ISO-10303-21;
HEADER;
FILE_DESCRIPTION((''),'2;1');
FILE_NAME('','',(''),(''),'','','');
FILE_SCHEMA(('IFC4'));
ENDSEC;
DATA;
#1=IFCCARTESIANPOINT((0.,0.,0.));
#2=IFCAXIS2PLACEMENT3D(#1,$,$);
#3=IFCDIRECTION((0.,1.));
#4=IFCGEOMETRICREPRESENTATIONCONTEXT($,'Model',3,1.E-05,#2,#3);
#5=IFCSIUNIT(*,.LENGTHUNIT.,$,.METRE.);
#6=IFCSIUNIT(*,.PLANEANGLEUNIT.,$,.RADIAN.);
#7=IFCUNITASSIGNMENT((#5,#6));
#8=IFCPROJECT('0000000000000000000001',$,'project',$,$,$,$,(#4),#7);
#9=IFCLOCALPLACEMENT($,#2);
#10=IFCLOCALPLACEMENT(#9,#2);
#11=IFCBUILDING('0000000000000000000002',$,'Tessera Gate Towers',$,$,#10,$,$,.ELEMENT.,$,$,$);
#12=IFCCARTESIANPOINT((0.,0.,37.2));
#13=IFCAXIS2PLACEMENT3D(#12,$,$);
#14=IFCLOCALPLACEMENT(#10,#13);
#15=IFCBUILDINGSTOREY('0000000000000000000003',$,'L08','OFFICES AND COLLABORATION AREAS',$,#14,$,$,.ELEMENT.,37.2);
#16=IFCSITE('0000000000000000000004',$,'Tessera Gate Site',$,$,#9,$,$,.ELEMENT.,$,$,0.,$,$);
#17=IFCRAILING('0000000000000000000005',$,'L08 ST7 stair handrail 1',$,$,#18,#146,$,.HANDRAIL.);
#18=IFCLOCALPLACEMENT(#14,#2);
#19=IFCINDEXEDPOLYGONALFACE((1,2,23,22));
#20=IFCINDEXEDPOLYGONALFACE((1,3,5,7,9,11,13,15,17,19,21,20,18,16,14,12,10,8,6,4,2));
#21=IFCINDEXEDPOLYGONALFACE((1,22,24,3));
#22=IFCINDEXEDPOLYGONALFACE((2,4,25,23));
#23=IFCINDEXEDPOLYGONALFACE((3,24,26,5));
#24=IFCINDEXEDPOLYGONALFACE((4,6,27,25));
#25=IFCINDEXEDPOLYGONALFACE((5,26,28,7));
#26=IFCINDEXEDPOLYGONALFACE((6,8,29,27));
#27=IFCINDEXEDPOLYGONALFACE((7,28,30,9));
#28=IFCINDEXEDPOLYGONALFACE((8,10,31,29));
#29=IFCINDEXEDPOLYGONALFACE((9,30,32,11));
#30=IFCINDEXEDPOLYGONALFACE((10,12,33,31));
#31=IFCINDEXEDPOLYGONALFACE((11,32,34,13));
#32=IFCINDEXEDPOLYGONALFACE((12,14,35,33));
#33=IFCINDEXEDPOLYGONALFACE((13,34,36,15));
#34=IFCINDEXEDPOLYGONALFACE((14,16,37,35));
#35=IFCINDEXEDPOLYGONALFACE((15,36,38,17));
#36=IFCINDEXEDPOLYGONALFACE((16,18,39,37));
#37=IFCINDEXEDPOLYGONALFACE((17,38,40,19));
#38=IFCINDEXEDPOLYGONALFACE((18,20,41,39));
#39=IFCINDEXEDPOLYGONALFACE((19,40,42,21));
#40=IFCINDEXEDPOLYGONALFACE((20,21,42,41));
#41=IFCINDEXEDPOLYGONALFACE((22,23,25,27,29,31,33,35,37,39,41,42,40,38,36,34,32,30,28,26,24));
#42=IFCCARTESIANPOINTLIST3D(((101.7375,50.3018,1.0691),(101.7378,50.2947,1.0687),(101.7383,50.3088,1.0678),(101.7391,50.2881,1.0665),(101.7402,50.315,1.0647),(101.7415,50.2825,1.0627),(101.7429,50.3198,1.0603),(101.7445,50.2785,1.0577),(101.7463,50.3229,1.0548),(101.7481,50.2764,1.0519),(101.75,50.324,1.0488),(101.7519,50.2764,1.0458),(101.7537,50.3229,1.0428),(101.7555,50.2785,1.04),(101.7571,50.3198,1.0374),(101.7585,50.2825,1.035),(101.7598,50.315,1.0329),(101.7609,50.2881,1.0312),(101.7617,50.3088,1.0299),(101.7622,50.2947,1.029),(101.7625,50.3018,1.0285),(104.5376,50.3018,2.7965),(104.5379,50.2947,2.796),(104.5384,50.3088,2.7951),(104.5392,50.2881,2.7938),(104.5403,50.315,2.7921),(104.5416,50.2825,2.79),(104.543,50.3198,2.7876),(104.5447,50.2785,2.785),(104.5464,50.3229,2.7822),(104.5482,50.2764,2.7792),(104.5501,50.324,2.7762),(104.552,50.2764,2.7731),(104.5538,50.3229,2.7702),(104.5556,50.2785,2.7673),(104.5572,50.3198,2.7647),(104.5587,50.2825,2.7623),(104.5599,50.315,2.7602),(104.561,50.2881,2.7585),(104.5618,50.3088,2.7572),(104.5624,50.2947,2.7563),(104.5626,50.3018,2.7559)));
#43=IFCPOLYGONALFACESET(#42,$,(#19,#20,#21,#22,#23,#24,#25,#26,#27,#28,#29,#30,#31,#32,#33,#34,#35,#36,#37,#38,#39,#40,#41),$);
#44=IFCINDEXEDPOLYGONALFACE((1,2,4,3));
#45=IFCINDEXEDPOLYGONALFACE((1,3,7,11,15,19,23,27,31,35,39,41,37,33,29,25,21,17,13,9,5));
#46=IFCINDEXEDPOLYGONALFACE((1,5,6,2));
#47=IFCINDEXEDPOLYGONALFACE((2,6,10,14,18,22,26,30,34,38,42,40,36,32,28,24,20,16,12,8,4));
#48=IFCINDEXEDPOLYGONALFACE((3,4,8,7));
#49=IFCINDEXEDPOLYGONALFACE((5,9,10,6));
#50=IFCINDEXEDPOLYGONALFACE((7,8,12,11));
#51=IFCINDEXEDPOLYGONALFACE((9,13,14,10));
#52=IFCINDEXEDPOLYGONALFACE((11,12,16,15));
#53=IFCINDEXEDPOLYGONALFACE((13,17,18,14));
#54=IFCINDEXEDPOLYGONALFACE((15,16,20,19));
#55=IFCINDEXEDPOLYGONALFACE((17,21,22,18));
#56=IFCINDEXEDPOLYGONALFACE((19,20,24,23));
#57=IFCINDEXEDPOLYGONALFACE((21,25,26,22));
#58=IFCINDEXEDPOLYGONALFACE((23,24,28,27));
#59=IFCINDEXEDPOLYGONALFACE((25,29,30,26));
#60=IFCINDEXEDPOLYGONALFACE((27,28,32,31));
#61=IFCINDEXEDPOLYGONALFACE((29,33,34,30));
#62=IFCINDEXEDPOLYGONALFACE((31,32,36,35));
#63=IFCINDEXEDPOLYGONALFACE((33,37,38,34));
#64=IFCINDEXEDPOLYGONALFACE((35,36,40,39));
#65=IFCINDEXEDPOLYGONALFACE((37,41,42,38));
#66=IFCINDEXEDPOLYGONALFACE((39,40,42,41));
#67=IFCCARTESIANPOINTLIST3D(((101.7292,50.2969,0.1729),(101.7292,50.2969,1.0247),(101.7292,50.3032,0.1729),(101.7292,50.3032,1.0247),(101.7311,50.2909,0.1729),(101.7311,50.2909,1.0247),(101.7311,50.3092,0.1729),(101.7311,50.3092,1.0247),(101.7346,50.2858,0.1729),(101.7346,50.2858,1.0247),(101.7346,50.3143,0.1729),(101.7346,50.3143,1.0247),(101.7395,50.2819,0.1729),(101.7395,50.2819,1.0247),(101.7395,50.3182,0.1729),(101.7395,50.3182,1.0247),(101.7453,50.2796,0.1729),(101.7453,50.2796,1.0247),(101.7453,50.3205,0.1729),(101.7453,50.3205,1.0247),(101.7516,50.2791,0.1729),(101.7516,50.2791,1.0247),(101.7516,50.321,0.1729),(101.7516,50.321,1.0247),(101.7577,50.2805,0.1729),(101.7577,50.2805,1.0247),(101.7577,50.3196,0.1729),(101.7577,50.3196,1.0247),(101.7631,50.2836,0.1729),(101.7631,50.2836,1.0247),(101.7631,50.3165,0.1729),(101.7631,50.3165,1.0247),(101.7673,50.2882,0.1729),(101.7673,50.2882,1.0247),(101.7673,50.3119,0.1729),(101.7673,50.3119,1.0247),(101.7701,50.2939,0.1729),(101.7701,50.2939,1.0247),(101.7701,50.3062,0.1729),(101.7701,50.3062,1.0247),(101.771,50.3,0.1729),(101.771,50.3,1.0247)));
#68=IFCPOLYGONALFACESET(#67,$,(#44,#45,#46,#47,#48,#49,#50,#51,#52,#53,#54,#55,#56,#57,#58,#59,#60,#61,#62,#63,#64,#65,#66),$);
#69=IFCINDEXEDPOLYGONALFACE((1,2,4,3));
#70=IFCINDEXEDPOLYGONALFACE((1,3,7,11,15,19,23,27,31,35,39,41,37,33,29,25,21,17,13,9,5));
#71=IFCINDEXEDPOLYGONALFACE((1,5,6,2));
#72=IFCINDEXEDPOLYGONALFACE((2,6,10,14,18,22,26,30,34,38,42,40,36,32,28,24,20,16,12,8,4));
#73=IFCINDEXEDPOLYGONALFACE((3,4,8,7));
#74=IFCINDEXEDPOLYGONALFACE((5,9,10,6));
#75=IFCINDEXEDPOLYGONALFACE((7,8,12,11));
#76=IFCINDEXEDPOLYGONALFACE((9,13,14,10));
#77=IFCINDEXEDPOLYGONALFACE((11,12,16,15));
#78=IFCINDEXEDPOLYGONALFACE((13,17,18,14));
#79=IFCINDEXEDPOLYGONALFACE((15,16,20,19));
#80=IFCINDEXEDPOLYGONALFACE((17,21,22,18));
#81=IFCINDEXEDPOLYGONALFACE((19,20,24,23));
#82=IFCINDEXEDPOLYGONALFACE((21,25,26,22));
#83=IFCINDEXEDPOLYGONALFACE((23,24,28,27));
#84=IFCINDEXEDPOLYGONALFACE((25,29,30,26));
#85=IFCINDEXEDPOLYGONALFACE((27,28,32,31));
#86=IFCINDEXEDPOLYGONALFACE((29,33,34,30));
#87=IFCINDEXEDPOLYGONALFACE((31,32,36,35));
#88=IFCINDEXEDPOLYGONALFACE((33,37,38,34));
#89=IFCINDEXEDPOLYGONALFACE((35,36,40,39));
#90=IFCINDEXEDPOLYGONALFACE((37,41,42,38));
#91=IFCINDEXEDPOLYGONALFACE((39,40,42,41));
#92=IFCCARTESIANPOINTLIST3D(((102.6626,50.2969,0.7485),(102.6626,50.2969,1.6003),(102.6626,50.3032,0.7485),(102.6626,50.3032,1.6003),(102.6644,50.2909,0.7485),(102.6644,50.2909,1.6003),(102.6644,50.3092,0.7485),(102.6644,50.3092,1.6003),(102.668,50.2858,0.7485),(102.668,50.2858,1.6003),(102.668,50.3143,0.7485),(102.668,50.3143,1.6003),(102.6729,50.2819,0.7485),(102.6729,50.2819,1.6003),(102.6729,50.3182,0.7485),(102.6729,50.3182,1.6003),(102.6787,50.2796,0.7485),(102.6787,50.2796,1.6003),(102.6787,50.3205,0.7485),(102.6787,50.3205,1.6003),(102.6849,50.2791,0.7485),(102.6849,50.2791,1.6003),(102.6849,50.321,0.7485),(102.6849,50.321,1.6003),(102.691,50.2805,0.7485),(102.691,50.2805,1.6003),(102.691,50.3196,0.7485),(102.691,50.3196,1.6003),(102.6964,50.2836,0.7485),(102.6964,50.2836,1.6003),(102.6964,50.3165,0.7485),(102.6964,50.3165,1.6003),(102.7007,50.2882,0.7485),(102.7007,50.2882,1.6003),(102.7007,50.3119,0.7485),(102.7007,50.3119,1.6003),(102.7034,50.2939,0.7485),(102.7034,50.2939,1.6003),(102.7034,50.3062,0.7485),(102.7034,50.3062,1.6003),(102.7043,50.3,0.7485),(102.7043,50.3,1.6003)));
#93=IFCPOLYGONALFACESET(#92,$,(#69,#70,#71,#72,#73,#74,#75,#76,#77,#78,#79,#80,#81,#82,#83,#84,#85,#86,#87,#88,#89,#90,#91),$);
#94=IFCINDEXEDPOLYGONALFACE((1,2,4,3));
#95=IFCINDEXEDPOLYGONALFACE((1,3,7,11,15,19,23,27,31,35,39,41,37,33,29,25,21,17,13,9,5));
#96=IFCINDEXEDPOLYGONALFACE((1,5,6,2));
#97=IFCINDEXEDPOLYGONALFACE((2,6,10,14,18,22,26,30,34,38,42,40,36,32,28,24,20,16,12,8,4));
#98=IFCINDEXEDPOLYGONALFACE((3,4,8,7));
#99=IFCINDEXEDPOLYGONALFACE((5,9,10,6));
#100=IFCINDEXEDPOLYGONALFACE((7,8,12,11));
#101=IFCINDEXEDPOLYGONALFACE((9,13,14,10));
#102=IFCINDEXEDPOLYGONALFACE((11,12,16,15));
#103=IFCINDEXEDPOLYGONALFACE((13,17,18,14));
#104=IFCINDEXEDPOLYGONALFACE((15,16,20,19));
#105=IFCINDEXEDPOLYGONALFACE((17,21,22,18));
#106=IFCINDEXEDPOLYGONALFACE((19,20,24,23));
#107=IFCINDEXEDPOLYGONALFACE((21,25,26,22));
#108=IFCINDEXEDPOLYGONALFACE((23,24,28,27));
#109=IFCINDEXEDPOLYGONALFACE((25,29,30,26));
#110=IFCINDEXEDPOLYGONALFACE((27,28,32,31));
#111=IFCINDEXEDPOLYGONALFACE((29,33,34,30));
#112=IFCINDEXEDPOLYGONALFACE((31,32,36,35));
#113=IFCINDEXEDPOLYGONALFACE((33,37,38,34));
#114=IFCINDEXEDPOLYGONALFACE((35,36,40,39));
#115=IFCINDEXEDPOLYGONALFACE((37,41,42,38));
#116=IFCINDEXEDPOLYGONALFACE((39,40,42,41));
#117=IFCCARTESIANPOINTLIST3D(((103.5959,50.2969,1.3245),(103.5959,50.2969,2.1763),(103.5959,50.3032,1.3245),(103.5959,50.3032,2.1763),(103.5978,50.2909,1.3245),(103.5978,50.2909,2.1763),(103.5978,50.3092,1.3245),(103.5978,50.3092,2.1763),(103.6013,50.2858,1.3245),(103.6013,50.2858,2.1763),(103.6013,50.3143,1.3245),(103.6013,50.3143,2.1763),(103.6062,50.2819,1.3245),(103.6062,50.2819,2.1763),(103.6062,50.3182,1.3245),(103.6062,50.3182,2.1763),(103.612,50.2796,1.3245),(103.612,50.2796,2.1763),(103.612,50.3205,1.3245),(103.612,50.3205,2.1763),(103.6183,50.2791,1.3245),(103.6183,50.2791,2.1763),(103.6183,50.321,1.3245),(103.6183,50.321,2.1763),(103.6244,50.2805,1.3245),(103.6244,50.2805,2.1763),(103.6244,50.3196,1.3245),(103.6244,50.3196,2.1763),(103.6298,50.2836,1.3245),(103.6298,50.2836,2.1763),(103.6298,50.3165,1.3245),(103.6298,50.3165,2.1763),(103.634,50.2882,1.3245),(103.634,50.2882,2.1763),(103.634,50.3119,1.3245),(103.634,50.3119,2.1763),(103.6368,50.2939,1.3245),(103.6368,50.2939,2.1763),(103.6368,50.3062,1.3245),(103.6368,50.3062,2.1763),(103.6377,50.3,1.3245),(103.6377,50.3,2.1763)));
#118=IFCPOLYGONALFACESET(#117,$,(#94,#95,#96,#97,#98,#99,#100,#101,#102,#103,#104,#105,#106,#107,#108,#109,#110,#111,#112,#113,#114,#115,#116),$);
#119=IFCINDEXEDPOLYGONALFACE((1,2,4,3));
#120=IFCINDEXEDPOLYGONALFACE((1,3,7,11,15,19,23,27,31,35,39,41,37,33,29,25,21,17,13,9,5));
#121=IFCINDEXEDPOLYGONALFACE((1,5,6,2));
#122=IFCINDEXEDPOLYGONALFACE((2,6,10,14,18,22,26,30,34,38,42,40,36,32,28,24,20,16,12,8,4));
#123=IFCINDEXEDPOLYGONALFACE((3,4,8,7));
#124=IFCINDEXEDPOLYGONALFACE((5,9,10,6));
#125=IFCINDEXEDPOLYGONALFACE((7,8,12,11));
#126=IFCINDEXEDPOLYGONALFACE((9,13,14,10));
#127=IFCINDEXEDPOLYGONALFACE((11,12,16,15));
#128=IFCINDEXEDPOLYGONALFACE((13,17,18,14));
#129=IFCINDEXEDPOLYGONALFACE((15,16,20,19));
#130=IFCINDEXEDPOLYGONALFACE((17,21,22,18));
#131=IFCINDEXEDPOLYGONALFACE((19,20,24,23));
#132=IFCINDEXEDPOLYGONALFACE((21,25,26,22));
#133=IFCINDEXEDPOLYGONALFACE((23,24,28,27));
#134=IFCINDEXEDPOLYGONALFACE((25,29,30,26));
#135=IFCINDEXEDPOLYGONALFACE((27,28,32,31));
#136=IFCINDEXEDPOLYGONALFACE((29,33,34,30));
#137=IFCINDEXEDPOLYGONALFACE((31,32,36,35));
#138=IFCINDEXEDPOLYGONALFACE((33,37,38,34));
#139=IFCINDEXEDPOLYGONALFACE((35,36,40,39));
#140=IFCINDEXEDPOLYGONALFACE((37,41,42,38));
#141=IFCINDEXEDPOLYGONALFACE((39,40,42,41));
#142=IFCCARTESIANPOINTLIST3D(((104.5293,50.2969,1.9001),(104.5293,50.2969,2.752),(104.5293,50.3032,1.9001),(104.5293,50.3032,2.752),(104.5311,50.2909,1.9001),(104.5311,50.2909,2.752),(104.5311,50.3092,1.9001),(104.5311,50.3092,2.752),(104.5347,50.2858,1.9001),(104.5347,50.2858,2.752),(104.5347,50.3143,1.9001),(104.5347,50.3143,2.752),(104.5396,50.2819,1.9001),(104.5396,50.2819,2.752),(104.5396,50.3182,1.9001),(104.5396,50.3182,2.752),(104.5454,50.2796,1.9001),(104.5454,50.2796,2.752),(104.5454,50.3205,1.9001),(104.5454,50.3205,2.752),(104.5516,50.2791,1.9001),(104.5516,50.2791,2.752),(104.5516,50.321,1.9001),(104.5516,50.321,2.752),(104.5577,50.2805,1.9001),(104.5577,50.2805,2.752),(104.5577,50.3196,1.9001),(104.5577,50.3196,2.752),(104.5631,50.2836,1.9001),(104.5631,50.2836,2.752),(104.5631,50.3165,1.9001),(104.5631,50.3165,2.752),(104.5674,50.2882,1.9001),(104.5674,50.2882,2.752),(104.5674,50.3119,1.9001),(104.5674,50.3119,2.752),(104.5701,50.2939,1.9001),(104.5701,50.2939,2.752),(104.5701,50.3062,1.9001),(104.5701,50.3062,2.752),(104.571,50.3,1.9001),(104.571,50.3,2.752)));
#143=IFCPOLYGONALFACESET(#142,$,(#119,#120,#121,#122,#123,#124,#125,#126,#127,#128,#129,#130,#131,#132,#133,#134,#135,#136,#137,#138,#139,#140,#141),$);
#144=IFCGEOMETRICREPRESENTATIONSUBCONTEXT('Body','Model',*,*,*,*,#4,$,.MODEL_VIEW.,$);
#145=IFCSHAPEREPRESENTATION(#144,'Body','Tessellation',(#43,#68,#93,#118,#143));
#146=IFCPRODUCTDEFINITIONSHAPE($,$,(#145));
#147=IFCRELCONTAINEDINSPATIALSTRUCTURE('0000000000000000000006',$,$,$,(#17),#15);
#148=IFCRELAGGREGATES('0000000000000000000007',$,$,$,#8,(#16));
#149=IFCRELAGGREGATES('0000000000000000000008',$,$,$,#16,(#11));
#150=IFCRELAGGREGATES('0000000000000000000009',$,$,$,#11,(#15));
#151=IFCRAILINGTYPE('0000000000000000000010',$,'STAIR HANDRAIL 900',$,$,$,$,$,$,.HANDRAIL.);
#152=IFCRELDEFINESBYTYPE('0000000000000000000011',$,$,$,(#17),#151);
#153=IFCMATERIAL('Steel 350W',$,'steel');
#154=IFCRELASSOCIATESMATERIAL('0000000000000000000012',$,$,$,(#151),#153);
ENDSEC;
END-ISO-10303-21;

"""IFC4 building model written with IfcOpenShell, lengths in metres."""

from ifc_helpers import new_model, si_unit, direction, frame, origin, origin_2d, place, context, subcontext, project, spatial, circle, extrude, material, type_object, element, save


model = new_model("IFC4")

# Units and contexts
model_context = context("Model", 3, precision=1e-05, world=origin(), true_north=direction((0.0, 1.0)))
body_context = subcontext(model_context, "Body", "Model", "MODEL_VIEW")
ifc_project = project(units=[si_unit("LENGTHUNIT", "METRE"), si_unit("PLANEANGLEUNIT", "RADIAN")], contexts=[model_context])

# Site, building, storey
site_placement = place(None, origin())
site = spatial("IfcSite", under=ifc_project, at=site_placement, Name="Tessera Gate Site", CompositionType="ELEMENT", RefElevation=0.0)
building_placement = place(site_placement, origin())
building = spatial("IfcBuilding", under=site, at=building_placement, Name="Tessera Gate Towers", CompositionType="ELEMENT")
storey_placement = place(building_placement, frame((0.0, 0.0, 37.2)))
storey = spatial("IfcBuildingStorey", under=building, at=storey_placement, Name="L08", Description="OFFICES AND COLLABORATION AREAS", CompositionType="ELEMENT", Elevation=37.2)

# Railing
ifc_material_1 = material(Name="Steel 350W", Category="steel")
railing_type_1 = type_object("IfcRailingType", Name="STAIR HANDRAIL 900", PredefinedType="HANDRAIL", material=ifc_material_1)
railing_1_placement = place(storey_placement, frame((101.75, 50.3, 0.1729)))
element("IfcRailing", 1, at=railing_1_placement, inside=storey, type_object=railing_type_1, Name="L08 ST7 stair handrail 1", PredefinedType="HANDRAIL", context=body_context, shape_type="SweptSolid", body=[
    extrude(circle(Radius=0.0239, at=origin_2d()), frame((0.0, 0.0, 0.876), z_axis=(0.85109, 0.0, 0.52502), x_axis=(0.0, 1.0, 0.0)), (0.0, 0.0, 1.0), 3.29),
    extrude(circle(Radius=0.021, at=origin_2d()), origin(), (0.0, 0.0, 1.0), 0.8518),
    extrude(circle(Radius=0.021, at=origin_2d()), frame((0.9333, 0.0, 0.5757)), (0.0, 0.0, 1.0), 0.8518),
    extrude(circle(Radius=0.021, at=origin_2d()), frame((1.8667, 0.0, 1.1516)), (0.0, 0.0, 1.0), 0.8518),
    extrude(circle(Radius=0.021, at=origin_2d()), frame((2.8, 0.0, 1.7273)), (0.0, 0.0, 1.0), 0.8518),
])

save(model, "model.ifc")
